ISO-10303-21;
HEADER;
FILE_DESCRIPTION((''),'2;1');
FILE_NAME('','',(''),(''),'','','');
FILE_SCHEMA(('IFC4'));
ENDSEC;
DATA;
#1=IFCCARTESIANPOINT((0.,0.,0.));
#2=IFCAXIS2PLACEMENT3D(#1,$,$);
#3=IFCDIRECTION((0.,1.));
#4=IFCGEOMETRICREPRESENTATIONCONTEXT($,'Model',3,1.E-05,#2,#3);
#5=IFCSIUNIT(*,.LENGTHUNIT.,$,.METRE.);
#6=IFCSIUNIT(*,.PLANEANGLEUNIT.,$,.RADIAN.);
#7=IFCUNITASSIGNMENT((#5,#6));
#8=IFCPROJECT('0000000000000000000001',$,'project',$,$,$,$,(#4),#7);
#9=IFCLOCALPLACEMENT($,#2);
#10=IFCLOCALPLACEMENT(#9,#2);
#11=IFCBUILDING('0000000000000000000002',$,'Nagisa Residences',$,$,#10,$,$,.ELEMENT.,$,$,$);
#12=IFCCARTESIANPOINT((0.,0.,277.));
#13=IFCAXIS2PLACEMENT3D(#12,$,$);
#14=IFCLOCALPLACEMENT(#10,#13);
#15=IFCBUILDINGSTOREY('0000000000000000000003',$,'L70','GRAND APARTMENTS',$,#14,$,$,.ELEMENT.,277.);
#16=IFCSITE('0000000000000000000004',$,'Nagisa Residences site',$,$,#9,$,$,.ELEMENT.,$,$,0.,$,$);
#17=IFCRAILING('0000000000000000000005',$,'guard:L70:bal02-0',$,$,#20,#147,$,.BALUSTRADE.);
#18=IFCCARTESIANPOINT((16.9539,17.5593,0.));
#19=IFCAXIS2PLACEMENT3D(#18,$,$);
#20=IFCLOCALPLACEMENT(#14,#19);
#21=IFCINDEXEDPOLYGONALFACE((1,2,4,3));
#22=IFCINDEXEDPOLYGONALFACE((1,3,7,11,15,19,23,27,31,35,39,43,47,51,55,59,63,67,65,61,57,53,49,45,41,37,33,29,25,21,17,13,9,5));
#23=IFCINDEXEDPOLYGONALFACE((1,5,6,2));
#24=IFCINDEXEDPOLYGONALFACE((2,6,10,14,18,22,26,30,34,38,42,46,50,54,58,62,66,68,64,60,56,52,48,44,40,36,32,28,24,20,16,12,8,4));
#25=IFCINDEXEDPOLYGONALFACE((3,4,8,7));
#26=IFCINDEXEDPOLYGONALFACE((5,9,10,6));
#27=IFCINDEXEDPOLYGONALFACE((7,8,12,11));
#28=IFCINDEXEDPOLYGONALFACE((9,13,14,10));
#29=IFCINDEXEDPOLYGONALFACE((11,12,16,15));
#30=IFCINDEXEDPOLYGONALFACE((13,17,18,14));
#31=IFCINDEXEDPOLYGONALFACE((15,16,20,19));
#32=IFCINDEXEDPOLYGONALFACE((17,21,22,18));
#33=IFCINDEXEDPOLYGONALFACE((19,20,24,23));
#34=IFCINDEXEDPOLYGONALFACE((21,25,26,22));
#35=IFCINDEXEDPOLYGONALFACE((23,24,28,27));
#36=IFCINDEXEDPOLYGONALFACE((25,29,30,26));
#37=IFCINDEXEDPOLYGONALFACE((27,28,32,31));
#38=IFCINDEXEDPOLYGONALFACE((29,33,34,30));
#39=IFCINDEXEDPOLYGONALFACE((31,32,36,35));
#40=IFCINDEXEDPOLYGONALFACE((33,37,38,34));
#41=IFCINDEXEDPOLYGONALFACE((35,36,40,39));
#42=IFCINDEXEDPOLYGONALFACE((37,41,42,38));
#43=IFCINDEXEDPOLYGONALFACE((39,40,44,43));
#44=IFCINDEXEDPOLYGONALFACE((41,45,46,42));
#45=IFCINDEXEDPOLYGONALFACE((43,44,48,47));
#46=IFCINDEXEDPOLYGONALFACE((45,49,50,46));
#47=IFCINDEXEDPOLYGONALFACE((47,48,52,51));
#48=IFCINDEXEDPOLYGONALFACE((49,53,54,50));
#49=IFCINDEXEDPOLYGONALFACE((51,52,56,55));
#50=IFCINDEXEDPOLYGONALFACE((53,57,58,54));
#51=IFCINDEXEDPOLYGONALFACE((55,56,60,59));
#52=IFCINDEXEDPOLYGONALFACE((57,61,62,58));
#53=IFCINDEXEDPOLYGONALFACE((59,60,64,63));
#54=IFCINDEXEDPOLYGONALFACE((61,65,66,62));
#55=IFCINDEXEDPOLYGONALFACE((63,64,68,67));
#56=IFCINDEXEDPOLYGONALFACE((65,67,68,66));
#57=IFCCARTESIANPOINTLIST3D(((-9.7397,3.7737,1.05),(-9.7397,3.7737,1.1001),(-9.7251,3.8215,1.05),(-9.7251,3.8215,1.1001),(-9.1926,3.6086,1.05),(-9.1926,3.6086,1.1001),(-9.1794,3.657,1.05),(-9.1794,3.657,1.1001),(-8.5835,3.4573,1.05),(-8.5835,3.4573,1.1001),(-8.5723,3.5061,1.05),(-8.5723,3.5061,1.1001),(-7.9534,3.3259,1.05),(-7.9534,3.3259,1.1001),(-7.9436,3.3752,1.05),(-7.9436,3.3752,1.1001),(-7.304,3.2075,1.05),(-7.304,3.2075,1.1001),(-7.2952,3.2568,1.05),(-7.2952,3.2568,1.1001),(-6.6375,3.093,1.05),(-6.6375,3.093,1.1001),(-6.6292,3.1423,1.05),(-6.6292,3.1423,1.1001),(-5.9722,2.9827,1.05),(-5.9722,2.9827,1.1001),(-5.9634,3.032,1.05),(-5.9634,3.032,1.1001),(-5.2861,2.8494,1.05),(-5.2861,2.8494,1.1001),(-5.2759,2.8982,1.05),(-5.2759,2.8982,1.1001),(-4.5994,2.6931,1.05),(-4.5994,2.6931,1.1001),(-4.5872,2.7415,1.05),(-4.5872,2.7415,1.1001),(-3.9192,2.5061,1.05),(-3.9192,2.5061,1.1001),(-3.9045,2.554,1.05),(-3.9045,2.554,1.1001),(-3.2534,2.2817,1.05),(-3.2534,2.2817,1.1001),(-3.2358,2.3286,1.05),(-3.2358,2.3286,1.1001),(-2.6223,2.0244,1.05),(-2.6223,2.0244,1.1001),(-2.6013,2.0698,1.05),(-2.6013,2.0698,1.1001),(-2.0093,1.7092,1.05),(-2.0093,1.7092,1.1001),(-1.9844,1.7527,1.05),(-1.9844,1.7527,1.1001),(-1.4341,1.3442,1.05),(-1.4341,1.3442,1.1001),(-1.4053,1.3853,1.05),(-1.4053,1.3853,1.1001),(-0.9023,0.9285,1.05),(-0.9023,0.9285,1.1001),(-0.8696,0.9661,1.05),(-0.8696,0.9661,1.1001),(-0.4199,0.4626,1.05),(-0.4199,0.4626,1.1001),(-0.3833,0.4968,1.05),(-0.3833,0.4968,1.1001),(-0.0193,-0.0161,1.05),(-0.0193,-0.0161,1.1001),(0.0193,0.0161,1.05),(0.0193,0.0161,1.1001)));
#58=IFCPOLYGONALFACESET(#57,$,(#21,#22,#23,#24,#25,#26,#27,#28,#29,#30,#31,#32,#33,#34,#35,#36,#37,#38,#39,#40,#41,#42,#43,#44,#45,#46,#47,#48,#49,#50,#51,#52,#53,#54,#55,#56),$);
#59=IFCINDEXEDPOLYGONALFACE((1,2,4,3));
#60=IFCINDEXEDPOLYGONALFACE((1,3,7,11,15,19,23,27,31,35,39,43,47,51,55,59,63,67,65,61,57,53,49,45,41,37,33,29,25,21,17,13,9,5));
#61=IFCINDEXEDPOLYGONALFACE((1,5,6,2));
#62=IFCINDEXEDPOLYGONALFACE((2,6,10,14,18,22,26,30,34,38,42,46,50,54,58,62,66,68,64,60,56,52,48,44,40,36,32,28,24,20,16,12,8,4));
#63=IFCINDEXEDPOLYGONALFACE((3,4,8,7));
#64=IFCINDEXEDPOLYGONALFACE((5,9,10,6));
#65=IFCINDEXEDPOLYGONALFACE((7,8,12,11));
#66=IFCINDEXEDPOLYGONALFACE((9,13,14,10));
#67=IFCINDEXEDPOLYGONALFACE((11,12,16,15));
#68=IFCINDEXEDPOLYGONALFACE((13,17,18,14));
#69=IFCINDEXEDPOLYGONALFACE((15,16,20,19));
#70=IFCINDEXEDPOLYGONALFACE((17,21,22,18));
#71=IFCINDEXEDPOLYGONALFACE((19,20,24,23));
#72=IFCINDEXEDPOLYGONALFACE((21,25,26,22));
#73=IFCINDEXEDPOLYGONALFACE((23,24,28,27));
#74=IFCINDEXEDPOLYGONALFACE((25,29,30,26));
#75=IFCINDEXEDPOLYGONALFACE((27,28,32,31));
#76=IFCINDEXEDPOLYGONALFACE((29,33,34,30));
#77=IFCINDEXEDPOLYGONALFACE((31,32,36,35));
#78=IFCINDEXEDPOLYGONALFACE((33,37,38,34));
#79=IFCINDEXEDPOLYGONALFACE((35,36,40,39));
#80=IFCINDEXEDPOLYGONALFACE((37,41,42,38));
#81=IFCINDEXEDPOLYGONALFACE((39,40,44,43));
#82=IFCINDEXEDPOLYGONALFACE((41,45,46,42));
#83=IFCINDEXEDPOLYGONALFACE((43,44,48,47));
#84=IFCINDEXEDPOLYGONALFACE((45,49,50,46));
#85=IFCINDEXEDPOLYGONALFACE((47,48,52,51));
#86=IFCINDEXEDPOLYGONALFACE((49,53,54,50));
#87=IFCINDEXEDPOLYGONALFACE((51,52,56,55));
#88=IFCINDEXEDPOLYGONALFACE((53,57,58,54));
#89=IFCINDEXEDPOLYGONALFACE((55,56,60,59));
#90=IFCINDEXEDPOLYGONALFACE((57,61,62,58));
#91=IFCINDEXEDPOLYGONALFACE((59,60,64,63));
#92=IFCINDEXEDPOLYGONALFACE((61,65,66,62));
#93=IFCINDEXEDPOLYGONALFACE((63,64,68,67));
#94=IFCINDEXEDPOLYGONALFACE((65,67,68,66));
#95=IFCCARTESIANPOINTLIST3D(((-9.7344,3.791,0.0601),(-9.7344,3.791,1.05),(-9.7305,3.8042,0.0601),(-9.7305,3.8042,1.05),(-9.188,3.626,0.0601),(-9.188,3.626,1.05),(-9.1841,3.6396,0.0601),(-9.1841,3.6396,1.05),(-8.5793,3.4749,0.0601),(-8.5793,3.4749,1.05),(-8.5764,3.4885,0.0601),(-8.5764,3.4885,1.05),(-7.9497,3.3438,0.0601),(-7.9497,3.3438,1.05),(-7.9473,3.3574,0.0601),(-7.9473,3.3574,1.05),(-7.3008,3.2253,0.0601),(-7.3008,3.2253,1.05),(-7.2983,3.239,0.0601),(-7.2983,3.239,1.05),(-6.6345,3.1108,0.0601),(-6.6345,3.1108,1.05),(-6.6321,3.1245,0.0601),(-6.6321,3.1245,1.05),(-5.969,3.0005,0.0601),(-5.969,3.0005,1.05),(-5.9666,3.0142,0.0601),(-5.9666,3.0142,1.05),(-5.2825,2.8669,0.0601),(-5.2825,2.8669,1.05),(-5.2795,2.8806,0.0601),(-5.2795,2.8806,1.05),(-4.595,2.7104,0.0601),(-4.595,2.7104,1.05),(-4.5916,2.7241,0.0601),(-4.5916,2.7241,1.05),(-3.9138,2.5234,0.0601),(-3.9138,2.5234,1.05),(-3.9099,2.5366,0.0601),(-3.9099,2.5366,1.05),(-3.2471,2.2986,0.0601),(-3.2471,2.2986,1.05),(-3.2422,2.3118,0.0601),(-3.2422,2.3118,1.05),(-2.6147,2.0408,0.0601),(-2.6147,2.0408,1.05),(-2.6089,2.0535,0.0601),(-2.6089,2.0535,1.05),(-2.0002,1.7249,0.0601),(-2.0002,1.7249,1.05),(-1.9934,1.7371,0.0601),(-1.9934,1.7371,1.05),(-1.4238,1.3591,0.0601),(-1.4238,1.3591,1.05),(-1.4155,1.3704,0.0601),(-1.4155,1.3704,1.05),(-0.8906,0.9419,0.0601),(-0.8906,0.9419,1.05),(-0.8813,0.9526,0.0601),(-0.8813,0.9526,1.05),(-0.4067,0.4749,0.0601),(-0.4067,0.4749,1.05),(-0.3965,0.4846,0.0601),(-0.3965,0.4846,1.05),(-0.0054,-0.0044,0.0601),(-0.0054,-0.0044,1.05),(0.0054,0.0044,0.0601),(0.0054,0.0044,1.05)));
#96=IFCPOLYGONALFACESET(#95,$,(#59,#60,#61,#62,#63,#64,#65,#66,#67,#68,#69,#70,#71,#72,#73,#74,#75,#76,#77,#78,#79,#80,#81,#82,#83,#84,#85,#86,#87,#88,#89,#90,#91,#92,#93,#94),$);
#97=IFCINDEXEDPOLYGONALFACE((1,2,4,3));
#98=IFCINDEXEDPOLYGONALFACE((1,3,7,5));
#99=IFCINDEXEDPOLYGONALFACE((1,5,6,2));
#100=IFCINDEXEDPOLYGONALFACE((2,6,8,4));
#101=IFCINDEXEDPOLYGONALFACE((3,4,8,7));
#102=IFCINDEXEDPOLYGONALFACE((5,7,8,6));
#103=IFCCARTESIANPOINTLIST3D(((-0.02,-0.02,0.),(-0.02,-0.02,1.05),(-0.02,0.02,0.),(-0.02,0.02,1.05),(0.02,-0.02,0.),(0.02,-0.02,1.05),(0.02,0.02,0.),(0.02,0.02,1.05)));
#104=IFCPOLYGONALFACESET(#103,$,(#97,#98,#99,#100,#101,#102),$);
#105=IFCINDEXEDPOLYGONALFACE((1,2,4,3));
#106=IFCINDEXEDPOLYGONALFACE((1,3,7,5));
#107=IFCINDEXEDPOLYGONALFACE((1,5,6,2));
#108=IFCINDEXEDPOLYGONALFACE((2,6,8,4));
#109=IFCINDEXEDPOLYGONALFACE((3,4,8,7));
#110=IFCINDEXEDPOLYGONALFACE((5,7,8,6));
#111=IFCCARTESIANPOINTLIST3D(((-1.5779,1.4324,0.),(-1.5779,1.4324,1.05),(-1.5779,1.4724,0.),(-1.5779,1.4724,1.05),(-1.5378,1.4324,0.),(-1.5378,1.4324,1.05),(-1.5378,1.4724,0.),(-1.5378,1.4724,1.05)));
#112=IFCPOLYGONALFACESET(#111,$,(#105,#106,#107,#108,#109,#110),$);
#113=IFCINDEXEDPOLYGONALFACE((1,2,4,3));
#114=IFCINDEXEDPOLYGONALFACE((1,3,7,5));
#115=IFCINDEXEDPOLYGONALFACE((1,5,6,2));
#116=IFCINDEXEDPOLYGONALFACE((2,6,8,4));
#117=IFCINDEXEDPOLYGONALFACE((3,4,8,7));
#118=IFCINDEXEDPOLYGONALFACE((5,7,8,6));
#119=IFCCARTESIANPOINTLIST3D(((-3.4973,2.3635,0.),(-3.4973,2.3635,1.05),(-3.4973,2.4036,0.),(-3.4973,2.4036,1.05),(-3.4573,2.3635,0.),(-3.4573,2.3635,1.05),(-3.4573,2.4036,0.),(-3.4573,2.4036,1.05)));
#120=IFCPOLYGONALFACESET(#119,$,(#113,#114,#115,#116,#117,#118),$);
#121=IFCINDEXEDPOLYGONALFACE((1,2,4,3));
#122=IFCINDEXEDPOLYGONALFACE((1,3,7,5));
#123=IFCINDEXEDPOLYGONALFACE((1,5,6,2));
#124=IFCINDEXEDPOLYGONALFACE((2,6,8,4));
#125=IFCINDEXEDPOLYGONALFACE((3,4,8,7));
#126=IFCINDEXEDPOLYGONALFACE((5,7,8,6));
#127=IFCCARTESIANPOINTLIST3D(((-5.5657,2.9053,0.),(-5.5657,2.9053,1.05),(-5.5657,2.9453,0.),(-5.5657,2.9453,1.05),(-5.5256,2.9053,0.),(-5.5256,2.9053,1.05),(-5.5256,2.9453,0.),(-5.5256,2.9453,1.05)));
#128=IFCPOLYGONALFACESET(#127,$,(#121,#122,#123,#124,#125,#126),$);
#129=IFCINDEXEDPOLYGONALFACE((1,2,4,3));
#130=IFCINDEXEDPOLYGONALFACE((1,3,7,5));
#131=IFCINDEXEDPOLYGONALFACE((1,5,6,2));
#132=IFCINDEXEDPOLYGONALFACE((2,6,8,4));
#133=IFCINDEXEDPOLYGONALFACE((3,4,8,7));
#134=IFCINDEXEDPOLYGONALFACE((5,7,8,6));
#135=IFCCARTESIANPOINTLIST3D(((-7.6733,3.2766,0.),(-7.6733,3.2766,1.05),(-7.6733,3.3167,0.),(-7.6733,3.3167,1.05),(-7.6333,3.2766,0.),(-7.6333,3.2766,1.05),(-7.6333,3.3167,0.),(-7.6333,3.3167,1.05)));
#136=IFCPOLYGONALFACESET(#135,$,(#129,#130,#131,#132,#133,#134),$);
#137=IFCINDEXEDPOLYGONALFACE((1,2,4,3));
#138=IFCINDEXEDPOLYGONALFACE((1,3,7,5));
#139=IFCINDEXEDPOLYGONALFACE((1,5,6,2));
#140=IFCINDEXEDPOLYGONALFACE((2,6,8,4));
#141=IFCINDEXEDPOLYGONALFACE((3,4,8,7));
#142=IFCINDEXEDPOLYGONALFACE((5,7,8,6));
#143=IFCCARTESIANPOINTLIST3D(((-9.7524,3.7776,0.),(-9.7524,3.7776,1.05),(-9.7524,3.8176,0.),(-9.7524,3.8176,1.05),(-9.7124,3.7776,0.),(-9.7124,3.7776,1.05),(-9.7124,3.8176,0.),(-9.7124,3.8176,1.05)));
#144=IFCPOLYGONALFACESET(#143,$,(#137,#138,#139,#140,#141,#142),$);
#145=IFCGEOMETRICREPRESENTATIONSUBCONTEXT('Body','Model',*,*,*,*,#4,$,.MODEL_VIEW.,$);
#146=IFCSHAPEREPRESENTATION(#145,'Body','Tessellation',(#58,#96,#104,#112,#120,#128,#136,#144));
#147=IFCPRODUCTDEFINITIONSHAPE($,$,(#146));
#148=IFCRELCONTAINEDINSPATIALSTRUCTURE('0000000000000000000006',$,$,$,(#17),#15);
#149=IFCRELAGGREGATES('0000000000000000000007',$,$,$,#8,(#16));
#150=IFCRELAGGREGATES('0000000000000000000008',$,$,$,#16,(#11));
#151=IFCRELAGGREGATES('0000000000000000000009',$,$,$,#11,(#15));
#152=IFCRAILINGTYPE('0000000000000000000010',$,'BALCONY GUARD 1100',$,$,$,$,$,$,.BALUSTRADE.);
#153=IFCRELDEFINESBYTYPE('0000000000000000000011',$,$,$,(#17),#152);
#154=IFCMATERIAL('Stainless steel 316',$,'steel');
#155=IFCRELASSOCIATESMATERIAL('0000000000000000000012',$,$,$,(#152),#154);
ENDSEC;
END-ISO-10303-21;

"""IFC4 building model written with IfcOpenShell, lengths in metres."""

from ifc_helpers import new_model, si_unit, direction, frame, origin, origin_2d, place, context, subcontext, project, spatial, polyline, rectangle, outline, extrude, material, type_object, element, save


model = new_model("IFC4")

# Units and contexts
model_context = context("Model", 3, precision=1e-05, world=origin(), true_north=direction((0.0, 1.0)))
body_context = subcontext(model_context, "Body", "Model", "MODEL_VIEW")
ifc_project = project(units=[si_unit("LENGTHUNIT", "METRE"), si_unit("PLANEANGLEUNIT", "RADIAN")], contexts=[model_context])

# Site, building, storey
site_placement = place(None, origin())
site = spatial("IfcSite", under=ifc_project, at=site_placement, Name="Nagisa Residences site", CompositionType="ELEMENT", RefElevation=0.0)
building_placement = place(site_placement, origin())
building = spatial("IfcBuilding", under=site, at=building_placement, Name="Nagisa Residences", CompositionType="ELEMENT")
storey_placement = place(building_placement, frame((0.0, 0.0, 277.0)))
storey = spatial("IfcBuildingStorey", under=building, at=storey_placement, Name="L70", Description="GRAND APARTMENTS", CompositionType="ELEMENT", Elevation=277.0)

# Railing
ifc_material_1 = material(Name="Stainless steel 316", Category="steel")
railing_type = type_object("IfcRailingType", Name="BALCONY GUARD 1100", PredefinedType="BALUSTRADE", material=ifc_material_1)
railing_placement = place(storey_placement, frame((16.9539, 17.5593, 0.0)))
element("IfcRailing", 1, at=railing_placement, inside=storey, type_object=railing_type, Name="guard:L70:bal02-0", PredefinedType="BALUSTRADE", context=body_context, shape_type="SweptSolid", body=[
    extrude(outline(polyline([(-0.4199, 0.4626), (-0.0193, -0.0161), (0.0193, 0.0161), (-0.3833, 0.4968), (-0.8696, 0.9661), (-1.4053, 1.3853), (-1.9844, 1.7527), (-2.6013, 2.0698), (-3.2358, 2.3286), (-3.9045, 2.554), (-4.5872, 2.7415), (-5.2759, 2.8982), (-5.9634, 3.032), (-6.6292, 3.1423), (-7.2952, 3.2568), (-7.9436, 3.3752), (-8.5723, 3.5061), (-9.1794, 3.657), (-9.7251, 3.8215), (-9.7397, 3.7737), (-9.1926, 3.6086), (-8.5835, 3.4573), (-7.9534, 3.3259), (-7.304, 3.2075), (-6.6375, 3.093), (-5.9722, 2.9827), (-5.2861, 2.8494), (-4.5994, 2.6931), (-3.9192, 2.5061), (-3.2534, 2.2817), (-2.6223, 2.0244), (-2.0093, 1.7092), (-1.4341, 1.3442), (-0.9023, 0.9285), (-0.4199, 0.4626)])), frame((0.0, 0.0, 1.05)), (0.0, 0.0, 1.0), 0.05),
    extrude(outline(polyline([(-0.4067, 0.4749), (-0.0054, -0.0044), (0.0054, 0.0044), (-0.3965, 0.4846), (-0.8813, 0.9526), (-1.4155, 1.3704), (-1.9934, 1.7371), (-2.6089, 2.0535), (-3.2422, 2.3118), (-3.9099, 2.5366), (-4.5916, 2.7241), (-5.2795, 2.8806), (-5.9666, 3.0142), (-6.6321, 3.1245), (-7.2983, 3.239), (-7.9473, 3.3574), (-8.5764, 3.4885), (-9.1841, 3.6396), (-9.7305, 3.8042), (-9.7344, 3.791), (-9.188, 3.626), (-8.5793, 3.4749), (-7.9497, 3.3438), (-7.3008, 3.2253), (-6.6345, 3.1108), (-5.969, 3.0005), (-5.2825, 2.8669), (-4.595, 2.7104), (-3.9138, 2.5234), (-3.2471, 2.2986), (-2.6147, 2.0408), (-2.0002, 1.7249), (-1.4238, 1.3591), (-0.8906, 0.9419), (-0.4067, 0.4749)])), frame((0.0, 0.0, 0.0601)), (0.0, 0.0, 1.0), 0.99),
    extrude(rectangle(XDim=0.04, YDim=0.04, at=origin_2d()), origin(), (0.0, 0.0, 1.0), 1.05),
    extrude(rectangle(XDim=0.04, YDim=0.04, at=origin_2d()), frame((-1.5579, 1.4524, 0.0)), (0.0, 0.0, 1.0), 1.05),
    extrude(rectangle(XDim=0.04, YDim=0.04, at=origin_2d()), frame((-3.4773, 2.3835, 0.0)), (0.0, 0.0, 1.0), 1.05),
    extrude(rectangle(XDim=0.04, YDim=0.04, at=origin_2d()), frame((-5.5457, 2.9253, 0.0)), (0.0, 0.0, 1.0), 1.05),
    extrude(rectangle(XDim=0.04, YDim=0.04, at=origin_2d()), frame((-7.6533, 3.2966, 0.0)), (0.0, 0.0, 1.0), 1.05),
    extrude(rectangle(XDim=0.04, YDim=0.04, at=origin_2d()), frame((-9.7324, 3.7976, 0.0)), (0.0, 0.0, 1.0), 1.05),
])

save(model, "model.ifc")
